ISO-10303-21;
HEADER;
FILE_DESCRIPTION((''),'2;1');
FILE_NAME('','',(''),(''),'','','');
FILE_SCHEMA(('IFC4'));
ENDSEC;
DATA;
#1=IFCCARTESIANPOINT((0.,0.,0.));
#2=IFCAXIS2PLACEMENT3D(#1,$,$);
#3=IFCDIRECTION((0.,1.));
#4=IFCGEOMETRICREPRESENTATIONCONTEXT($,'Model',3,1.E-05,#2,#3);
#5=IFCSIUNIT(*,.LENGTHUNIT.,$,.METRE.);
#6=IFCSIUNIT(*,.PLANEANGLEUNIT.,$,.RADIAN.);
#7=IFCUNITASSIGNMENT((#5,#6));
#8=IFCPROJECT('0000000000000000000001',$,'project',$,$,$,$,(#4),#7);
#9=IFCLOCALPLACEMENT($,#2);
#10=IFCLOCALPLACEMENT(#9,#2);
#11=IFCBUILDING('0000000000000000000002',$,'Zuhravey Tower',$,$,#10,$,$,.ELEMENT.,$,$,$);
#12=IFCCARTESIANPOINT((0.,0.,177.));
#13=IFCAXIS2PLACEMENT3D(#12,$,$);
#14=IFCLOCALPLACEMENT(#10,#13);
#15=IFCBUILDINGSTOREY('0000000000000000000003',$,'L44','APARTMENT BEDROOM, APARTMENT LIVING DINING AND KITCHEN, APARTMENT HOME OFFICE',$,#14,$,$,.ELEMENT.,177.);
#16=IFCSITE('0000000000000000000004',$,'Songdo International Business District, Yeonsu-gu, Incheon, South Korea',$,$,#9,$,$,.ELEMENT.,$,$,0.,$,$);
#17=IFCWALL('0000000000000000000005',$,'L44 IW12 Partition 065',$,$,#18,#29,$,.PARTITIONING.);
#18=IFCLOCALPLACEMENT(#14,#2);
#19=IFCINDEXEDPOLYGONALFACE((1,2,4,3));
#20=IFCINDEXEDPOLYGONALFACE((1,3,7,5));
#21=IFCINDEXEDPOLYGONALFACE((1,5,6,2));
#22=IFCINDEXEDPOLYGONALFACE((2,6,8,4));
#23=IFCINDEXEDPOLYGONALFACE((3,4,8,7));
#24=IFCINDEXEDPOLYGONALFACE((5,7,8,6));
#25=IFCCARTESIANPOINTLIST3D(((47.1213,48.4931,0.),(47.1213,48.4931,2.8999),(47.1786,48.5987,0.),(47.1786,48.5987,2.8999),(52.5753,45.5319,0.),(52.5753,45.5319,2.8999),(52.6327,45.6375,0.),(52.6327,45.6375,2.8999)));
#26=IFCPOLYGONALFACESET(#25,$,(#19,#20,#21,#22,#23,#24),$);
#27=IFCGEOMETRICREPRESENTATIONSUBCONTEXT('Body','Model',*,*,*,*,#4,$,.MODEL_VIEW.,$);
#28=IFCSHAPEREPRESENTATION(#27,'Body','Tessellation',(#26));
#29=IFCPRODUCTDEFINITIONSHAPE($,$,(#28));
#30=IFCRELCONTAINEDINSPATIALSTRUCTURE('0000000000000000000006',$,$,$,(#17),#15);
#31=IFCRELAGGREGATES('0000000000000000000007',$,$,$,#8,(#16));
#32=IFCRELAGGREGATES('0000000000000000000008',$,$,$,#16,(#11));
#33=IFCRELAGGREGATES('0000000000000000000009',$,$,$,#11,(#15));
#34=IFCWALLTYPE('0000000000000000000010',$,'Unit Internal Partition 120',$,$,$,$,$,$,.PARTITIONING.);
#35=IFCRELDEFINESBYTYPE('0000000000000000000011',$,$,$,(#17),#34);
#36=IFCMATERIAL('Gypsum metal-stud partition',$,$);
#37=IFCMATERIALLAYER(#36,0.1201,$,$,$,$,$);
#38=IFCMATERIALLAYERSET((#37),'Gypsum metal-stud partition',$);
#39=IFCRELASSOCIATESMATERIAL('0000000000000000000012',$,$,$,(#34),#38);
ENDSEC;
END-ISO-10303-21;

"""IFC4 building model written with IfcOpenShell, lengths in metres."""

from ifc_helpers import new_model, si_unit, direction, frame, frame_2d, origin, place, context, subcontext, project, spatial, rectangle, extrude, material, layer, layer_set, type_object, element, save


model = new_model("IFC4")

# Units and contexts
model_context = context("Model", 3, precision=1e-05, world=origin(), true_north=direction((0.0, 1.0)))
body_context = subcontext(model_context, "Body", "Model", "MODEL_VIEW")
ifc_project = project(units=[si_unit("LENGTHUNIT", "METRE"), si_unit("PLANEANGLEUNIT", "RADIAN")], contexts=[model_context])

# Site, building, storey
site_placement = place(None, origin())
site = spatial("IfcSite", under=ifc_project, at=site_placement, Name="Songdo International Business District, Yeonsu-gu, Incheon, South Korea", CompositionType="ELEMENT", RefElevation=0.0)
building_placement = place(site_placement, origin())
building = spatial("IfcBuilding", under=site, at=building_placement, Name="Zuhravey Tower", CompositionType="ELEMENT")
storey_placement = place(building_placement, frame((0.0, 0.0, 177.0)))
storey = spatial("IfcBuildingStorey", under=building, at=storey_placement, Name="L44", Description="APARTMENT BEDROOM, APARTMENT LIVING DINING AND KITCHEN, APARTMENT HOME OFFICE", CompositionType="ELEMENT", Elevation=177.0)

# Wall
ifc_material_1 = material(Name="Gypsum metal-stud partition")
ifc_layer_1 = layer(ifc_material_1, 0.1201)
ifc_layer_set_1 = layer_set([ifc_layer_1], Name="Gypsum metal-stud partition")
wall_type_1 = type_object("IfcWallType", Name="Unit Internal Partition 120", PredefinedType="PARTITIONING", material=ifc_layer_set_1)
wall_1_placement = place(storey_placement, frame((52.604, 45.5847, 0.0), z_axis=(0.0, 0.0, 1.0), x_axis=(-0.878828, 0.47714, 0.0)))
element("IfcWall", 1, at=wall_1_placement, inside=storey, type_object=wall_type_1, Name="L44 IW12 Partition 065", PredefinedType="PARTITIONING", context=body_context, shape_type="SweptSolid", body=[
    extrude(rectangle(XDim=6.2061, YDim=0.1201, at=frame_2d((3.103, 0.0))), origin(), (0.0, 0.0, 1.0), 2.8999),
])

save(model, "model.ifc")
